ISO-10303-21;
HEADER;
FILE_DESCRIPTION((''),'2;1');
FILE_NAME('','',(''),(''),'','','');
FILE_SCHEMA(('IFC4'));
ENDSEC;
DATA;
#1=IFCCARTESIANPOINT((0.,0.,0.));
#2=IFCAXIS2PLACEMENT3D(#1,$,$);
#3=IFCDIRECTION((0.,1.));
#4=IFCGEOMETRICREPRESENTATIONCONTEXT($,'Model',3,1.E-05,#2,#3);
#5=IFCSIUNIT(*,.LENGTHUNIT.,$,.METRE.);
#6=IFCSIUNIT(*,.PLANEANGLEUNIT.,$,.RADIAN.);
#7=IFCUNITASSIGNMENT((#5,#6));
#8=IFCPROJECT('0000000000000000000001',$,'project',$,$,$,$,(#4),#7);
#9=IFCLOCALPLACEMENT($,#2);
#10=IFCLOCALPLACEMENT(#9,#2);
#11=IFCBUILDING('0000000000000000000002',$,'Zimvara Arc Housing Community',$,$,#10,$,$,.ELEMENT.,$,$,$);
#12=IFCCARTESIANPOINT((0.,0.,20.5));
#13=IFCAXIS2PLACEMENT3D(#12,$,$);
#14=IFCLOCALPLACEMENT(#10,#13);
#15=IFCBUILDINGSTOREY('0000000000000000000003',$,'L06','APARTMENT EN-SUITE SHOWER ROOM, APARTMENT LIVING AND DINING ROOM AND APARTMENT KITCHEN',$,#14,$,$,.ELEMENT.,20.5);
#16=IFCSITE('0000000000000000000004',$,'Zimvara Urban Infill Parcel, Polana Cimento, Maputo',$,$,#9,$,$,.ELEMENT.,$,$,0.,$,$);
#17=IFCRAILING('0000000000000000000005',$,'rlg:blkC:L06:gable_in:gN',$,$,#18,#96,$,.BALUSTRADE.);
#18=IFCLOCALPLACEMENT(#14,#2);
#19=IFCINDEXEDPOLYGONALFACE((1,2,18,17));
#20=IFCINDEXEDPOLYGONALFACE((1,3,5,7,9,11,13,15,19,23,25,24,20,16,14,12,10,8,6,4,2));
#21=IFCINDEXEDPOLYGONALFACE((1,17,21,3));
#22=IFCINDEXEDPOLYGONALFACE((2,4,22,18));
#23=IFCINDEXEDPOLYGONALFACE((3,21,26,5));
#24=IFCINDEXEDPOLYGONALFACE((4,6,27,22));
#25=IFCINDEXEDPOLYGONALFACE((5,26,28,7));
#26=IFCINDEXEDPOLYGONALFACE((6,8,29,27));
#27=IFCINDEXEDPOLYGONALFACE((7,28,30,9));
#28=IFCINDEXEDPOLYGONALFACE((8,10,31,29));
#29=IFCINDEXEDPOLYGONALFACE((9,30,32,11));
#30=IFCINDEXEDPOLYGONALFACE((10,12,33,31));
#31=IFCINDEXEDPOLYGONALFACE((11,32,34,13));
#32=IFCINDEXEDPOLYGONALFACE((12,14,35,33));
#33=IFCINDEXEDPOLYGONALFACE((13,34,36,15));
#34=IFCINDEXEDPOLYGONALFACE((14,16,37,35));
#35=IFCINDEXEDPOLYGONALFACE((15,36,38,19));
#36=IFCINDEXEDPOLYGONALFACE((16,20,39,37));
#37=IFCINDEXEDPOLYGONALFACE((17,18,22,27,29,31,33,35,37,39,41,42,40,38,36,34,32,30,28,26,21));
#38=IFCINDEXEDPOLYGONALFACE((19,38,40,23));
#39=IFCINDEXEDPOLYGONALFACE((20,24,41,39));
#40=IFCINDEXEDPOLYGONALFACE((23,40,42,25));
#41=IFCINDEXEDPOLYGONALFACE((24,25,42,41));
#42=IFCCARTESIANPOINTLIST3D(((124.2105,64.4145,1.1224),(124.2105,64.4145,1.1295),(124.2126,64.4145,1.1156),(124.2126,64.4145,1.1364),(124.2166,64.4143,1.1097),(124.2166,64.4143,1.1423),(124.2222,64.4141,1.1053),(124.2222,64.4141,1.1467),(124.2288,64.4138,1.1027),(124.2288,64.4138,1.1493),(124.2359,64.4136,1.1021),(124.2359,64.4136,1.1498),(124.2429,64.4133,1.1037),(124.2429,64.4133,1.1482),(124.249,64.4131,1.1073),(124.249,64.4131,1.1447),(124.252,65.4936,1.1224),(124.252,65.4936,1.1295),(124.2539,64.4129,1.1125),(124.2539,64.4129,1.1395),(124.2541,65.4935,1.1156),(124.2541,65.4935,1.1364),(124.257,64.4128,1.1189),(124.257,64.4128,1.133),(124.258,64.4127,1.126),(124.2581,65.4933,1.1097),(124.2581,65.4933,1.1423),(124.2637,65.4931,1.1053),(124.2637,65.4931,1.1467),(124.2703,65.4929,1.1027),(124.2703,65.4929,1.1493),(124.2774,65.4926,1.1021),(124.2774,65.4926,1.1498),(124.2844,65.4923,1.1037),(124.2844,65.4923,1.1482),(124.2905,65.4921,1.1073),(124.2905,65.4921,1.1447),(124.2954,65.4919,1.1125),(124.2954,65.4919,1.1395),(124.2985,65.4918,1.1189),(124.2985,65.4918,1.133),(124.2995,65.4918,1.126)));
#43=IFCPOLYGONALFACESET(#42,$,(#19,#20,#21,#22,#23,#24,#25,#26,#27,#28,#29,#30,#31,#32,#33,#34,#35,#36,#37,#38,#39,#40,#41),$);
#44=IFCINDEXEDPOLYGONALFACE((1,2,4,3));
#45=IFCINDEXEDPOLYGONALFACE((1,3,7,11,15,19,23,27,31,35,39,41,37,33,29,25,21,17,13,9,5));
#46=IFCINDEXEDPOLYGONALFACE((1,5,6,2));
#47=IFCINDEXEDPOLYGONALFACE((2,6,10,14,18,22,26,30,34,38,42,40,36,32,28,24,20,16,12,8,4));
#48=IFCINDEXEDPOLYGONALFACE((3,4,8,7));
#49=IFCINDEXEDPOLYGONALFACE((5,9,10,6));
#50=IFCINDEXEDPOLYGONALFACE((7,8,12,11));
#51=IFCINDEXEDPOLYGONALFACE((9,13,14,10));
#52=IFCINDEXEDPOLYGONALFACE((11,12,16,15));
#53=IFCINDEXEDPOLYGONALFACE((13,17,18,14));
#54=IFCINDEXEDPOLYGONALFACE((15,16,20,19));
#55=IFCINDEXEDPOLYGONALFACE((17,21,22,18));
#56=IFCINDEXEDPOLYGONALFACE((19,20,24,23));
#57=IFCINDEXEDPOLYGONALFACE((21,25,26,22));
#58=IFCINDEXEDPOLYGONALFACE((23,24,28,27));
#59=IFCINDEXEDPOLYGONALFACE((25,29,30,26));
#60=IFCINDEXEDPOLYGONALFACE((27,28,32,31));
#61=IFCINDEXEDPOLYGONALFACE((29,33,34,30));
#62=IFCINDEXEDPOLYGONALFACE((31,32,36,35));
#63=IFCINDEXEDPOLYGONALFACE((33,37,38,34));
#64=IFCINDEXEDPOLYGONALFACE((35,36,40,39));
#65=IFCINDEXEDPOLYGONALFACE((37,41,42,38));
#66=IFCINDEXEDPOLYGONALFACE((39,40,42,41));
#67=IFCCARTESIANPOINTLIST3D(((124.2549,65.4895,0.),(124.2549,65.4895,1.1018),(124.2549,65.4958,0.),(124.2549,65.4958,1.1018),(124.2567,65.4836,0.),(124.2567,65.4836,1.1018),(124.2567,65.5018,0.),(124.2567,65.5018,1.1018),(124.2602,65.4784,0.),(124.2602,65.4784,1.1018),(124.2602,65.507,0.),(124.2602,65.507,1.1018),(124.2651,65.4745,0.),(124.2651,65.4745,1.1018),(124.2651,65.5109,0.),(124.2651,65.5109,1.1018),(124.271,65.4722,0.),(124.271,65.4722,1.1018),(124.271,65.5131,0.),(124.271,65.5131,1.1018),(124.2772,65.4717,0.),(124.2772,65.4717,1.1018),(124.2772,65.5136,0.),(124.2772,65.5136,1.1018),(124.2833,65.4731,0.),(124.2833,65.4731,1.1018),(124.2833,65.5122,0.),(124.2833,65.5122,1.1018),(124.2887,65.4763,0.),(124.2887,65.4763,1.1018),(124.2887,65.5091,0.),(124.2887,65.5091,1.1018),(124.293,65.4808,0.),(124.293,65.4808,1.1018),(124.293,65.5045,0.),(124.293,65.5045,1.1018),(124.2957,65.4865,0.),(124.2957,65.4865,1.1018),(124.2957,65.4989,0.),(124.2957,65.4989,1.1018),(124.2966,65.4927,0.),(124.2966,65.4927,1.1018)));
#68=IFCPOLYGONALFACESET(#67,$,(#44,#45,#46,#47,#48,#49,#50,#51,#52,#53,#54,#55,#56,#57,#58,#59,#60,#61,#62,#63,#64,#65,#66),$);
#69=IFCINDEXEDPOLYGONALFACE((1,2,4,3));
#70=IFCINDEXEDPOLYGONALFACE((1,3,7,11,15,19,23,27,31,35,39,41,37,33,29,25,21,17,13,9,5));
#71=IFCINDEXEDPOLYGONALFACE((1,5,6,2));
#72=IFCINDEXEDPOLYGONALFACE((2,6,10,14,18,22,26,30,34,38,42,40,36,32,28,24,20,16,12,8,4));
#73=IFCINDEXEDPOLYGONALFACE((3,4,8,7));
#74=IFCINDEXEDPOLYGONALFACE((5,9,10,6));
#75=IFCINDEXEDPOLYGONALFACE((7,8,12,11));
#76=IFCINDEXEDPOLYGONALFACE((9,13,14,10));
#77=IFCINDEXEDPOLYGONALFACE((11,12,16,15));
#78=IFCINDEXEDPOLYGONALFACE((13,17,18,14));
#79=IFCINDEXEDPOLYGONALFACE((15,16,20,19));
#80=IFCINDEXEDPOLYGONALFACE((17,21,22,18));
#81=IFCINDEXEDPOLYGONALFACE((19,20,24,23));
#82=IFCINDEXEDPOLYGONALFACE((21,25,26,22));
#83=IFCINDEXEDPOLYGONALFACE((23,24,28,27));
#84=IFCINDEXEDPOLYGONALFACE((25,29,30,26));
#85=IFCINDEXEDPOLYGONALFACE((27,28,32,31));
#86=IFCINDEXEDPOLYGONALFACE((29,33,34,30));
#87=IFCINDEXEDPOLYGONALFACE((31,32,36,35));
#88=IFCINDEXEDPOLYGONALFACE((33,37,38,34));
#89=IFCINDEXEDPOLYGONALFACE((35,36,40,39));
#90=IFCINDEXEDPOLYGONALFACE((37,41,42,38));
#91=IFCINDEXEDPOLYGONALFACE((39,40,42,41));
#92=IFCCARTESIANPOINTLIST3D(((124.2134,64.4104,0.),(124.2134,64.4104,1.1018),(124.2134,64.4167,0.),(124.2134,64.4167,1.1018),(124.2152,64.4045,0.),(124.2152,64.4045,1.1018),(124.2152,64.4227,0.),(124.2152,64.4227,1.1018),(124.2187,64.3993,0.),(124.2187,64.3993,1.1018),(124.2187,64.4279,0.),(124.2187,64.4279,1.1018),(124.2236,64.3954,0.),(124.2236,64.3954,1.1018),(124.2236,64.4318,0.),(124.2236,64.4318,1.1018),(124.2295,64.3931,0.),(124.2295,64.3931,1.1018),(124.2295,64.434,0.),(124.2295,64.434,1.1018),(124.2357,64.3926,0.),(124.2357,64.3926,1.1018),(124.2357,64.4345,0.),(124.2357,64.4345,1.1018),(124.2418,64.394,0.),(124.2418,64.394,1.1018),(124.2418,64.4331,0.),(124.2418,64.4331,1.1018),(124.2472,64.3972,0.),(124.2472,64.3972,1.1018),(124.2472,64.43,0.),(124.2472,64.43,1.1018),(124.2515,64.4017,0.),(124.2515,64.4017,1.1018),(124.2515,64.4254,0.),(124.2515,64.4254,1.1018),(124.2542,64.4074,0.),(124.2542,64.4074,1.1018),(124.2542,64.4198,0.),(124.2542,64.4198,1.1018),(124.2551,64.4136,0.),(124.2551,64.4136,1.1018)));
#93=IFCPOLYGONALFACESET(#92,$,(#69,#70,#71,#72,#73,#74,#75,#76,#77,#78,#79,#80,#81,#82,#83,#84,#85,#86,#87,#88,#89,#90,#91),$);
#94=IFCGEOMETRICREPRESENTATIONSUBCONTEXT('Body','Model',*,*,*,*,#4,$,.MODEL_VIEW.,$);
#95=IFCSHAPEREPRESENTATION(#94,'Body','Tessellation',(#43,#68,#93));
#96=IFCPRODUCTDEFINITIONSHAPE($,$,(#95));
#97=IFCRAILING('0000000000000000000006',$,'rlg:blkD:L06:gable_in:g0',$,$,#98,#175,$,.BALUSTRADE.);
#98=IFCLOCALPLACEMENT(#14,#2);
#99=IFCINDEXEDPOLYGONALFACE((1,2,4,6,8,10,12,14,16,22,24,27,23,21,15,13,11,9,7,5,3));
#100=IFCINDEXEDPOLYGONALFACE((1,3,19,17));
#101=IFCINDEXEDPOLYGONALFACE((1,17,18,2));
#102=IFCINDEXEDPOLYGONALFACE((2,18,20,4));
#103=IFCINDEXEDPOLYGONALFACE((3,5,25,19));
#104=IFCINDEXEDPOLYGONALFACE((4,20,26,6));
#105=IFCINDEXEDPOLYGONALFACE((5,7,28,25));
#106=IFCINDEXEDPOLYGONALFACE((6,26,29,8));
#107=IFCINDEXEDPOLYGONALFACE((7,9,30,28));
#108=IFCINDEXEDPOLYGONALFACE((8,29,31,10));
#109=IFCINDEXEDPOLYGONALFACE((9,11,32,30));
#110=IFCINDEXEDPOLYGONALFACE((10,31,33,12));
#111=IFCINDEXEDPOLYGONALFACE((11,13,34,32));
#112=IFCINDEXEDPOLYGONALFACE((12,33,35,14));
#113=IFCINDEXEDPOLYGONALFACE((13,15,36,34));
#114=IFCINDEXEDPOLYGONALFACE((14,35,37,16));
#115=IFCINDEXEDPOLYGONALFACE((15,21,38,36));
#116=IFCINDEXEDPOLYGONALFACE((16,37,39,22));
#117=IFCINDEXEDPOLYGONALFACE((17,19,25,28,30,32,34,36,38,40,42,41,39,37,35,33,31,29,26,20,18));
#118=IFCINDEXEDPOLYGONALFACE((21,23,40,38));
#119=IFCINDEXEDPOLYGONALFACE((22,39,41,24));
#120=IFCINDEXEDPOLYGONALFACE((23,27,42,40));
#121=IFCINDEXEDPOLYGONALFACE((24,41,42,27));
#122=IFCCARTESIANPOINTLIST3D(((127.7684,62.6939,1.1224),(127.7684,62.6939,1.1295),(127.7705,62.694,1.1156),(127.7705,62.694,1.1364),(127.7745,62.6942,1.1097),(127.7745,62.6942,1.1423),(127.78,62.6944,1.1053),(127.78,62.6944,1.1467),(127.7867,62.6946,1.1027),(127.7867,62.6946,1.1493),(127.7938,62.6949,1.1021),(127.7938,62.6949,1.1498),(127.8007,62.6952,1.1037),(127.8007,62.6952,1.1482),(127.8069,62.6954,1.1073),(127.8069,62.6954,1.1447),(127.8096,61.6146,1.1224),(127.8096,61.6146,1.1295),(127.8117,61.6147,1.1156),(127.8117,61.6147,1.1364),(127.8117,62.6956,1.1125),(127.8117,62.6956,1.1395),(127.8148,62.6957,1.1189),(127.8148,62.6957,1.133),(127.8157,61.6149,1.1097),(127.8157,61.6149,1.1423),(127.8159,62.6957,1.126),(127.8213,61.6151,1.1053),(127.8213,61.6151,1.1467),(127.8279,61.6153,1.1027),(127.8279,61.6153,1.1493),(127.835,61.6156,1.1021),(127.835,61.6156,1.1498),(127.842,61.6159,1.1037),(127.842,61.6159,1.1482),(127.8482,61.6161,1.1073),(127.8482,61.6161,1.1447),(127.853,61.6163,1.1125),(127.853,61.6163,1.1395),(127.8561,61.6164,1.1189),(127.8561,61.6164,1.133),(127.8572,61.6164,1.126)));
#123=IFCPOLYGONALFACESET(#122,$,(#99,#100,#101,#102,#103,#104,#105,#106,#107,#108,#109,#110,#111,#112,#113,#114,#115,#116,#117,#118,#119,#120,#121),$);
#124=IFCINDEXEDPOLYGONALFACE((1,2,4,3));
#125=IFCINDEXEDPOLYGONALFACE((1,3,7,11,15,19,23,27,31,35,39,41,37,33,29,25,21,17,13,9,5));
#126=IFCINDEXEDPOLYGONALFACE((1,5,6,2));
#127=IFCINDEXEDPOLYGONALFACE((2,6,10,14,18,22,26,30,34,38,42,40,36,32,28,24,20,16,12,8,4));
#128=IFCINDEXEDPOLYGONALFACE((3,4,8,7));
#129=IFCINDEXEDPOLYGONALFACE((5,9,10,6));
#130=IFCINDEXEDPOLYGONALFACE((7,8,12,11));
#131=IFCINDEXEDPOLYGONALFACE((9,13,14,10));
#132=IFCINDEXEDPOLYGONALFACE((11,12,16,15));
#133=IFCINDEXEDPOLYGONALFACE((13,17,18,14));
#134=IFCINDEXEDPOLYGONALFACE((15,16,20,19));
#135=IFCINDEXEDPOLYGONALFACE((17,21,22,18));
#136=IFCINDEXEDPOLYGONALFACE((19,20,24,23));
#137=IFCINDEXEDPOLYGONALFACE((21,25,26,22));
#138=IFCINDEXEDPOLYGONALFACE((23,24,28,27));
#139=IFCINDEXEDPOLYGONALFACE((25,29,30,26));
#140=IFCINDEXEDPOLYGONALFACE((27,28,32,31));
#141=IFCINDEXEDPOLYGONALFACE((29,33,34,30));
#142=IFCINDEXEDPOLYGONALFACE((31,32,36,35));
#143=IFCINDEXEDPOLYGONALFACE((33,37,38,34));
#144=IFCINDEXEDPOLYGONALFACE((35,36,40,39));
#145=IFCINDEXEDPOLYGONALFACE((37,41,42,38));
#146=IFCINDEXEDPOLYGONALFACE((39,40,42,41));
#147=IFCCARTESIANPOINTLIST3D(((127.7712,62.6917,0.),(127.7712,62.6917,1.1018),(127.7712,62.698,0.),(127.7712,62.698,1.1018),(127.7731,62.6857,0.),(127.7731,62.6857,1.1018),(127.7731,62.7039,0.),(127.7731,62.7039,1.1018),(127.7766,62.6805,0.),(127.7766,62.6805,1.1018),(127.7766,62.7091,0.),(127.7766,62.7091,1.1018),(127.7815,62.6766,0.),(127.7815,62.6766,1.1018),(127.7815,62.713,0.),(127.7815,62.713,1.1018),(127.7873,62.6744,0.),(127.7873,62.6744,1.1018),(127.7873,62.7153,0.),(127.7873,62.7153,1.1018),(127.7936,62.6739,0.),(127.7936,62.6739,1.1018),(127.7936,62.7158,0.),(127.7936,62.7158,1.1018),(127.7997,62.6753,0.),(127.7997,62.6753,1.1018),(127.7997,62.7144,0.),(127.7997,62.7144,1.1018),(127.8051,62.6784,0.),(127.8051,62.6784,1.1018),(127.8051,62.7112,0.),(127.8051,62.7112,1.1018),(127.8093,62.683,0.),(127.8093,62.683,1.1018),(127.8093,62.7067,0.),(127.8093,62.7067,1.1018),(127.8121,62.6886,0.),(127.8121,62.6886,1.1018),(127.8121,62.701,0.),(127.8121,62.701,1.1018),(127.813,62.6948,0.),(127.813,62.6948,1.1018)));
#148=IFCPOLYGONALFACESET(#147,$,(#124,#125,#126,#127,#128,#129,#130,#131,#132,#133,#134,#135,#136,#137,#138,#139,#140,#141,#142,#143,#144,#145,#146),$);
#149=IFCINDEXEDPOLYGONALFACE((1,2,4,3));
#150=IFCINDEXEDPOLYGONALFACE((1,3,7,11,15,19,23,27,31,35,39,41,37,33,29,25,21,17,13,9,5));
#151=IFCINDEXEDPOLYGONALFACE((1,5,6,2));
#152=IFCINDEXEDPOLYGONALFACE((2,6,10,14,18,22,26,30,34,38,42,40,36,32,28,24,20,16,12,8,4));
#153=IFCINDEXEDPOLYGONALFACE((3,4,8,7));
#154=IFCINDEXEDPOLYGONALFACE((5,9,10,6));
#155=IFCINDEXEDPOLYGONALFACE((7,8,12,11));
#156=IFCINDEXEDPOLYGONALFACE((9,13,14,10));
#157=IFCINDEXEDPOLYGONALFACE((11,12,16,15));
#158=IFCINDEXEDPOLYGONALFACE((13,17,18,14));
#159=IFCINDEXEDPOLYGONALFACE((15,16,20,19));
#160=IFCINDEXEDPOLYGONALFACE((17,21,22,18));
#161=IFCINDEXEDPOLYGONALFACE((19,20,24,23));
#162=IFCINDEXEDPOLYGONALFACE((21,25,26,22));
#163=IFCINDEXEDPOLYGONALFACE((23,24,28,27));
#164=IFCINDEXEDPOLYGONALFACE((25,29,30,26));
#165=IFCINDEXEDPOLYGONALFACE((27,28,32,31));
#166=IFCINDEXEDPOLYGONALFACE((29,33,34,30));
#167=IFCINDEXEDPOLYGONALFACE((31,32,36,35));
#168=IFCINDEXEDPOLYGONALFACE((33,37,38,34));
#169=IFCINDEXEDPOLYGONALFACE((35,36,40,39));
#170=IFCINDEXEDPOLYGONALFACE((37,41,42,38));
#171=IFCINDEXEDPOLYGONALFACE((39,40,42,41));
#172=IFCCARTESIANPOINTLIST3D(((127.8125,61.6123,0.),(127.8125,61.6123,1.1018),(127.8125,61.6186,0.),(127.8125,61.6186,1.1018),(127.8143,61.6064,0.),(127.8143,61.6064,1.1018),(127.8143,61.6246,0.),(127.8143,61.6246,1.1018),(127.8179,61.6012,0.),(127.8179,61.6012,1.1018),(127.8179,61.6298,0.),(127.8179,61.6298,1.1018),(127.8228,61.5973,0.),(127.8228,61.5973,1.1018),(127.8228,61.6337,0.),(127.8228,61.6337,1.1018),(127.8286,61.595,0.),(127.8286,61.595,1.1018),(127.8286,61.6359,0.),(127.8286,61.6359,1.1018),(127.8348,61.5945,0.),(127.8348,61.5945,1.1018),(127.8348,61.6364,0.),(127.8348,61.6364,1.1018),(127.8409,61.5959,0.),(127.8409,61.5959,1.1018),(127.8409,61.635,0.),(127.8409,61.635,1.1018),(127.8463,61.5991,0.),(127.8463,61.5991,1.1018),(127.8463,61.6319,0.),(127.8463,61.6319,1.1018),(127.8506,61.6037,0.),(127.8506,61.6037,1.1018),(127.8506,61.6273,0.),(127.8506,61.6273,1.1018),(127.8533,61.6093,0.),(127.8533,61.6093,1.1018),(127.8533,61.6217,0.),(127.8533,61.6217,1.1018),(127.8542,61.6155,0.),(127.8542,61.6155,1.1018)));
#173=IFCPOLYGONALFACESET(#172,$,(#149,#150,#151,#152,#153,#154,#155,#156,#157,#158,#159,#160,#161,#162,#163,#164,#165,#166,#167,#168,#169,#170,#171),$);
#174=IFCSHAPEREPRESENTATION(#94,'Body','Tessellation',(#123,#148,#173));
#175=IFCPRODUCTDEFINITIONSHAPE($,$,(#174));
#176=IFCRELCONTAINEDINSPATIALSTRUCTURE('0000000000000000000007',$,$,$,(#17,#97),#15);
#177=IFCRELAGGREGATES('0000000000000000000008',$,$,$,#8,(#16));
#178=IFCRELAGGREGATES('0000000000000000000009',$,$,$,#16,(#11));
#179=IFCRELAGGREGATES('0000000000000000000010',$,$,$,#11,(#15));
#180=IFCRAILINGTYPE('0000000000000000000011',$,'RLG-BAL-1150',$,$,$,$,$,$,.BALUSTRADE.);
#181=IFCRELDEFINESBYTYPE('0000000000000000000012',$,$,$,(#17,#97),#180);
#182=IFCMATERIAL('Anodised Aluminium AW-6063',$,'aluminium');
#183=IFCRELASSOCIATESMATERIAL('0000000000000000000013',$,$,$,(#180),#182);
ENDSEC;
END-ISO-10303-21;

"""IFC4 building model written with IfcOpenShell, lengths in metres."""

from ifc_helpers import new_model, si_unit, direction, frame, origin, origin_2d, place, context, subcontext, project, spatial, circle, extrude, material, type_object, element, save


model = new_model("IFC4")

# Units and contexts
model_context = context("Model", 3, precision=1e-05, world=origin(), true_north=direction((0.0, 1.0)))
body_context = subcontext(model_context, "Body", "Model", "MODEL_VIEW")
ifc_project = project(units=[si_unit("LENGTHUNIT", "METRE"), si_unit("PLANEANGLEUNIT", "RADIAN")], contexts=[model_context])

# Site, building, storey
site_placement = place(None, origin())
site = spatial("IfcSite", under=ifc_project, at=site_placement, Name="Zimvara Urban Infill Parcel, Polana Cimento, Maputo", CompositionType="ELEMENT", RefElevation=0.0)
building_placement = place(site_placement, origin())
building = spatial("IfcBuilding", under=site, at=building_placement, Name="Zimvara Arc Housing Community", CompositionType="ELEMENT")
storey_placement = place(building_placement, frame((0.0, 0.0, 20.5)))
storey = spatial("IfcBuildingStorey", under=building, at=storey_placement, Name="L06", Description="APARTMENT EN-SUITE SHOWER ROOM, APARTMENT LIVING AND DINING ROOM AND APARTMENT KITCHEN", CompositionType="ELEMENT", Elevation=20.5)

# Railings
ifc_material_1 = material(Name="Anodised Aluminium AW-6063", Category="aluminium")
railing_type_1 = type_object("IfcRailingType", Name="RLG-BAL-1150", PredefinedType="BALUSTRADE", material=ifc_material_1)
railing_1_placement = place(storey_placement, frame((124.2756, 65.4927, 0.0)))
element("IfcRailing", 1, at=railing_1_placement, inside=storey, type_object=railing_type_1, Name="rlg:blkC:L06:gable_in:gN", PredefinedType="BALUSTRADE", context=body_context, shape_type="SweptSolid", body=[
    extrude(circle(Radius=0.0239, at=origin_2d()), frame((0.0, 0.0, 1.126), z_axis=(-0.038433, -0.999261, 0.0), x_axis=(0.999261, -0.038433, 0.0)), (0.0, 0.0, 1.0), 1.0798),
    extrude(circle(Radius=0.021, at=origin_2d()), origin(), (0.0, 0.0, 1.0), 1.1018),
    extrude(circle(Radius=0.021, at=origin_2d()), frame((-0.0415, -1.0791, 0.0)), (0.0, 0.0, 1.0), 1.1018),
])
railing_2_placement = place(storey_placement, frame((127.792, 62.6948, 0.0)))
element("IfcRailing", 2, at=railing_2_placement, inside=storey, type_object=railing_type_1, Name="rlg:blkD:L06:gable_in:g0", PredefinedType="BALUSTRADE", context=body_context, shape_type="SweptSolid", body=[
    extrude(circle(Radius=0.0239, at=origin_2d()), frame((0.0, 0.0, 1.126), z_axis=(0.038199, -0.99927, 0.0), x_axis=(0.99927, 0.038199, 0.0)), (0.0, 0.0, 1.0), 1.0801),
    extrude(circle(Radius=0.021, at=origin_2d()), origin(), (0.0, 0.0, 1.0), 1.1018),
    extrude(circle(Radius=0.021, at=origin_2d()), frame((0.0413, -1.0793, 0.0)), (0.0, 0.0, 1.0), 1.1018),
])

save(model, "model.ifc")
